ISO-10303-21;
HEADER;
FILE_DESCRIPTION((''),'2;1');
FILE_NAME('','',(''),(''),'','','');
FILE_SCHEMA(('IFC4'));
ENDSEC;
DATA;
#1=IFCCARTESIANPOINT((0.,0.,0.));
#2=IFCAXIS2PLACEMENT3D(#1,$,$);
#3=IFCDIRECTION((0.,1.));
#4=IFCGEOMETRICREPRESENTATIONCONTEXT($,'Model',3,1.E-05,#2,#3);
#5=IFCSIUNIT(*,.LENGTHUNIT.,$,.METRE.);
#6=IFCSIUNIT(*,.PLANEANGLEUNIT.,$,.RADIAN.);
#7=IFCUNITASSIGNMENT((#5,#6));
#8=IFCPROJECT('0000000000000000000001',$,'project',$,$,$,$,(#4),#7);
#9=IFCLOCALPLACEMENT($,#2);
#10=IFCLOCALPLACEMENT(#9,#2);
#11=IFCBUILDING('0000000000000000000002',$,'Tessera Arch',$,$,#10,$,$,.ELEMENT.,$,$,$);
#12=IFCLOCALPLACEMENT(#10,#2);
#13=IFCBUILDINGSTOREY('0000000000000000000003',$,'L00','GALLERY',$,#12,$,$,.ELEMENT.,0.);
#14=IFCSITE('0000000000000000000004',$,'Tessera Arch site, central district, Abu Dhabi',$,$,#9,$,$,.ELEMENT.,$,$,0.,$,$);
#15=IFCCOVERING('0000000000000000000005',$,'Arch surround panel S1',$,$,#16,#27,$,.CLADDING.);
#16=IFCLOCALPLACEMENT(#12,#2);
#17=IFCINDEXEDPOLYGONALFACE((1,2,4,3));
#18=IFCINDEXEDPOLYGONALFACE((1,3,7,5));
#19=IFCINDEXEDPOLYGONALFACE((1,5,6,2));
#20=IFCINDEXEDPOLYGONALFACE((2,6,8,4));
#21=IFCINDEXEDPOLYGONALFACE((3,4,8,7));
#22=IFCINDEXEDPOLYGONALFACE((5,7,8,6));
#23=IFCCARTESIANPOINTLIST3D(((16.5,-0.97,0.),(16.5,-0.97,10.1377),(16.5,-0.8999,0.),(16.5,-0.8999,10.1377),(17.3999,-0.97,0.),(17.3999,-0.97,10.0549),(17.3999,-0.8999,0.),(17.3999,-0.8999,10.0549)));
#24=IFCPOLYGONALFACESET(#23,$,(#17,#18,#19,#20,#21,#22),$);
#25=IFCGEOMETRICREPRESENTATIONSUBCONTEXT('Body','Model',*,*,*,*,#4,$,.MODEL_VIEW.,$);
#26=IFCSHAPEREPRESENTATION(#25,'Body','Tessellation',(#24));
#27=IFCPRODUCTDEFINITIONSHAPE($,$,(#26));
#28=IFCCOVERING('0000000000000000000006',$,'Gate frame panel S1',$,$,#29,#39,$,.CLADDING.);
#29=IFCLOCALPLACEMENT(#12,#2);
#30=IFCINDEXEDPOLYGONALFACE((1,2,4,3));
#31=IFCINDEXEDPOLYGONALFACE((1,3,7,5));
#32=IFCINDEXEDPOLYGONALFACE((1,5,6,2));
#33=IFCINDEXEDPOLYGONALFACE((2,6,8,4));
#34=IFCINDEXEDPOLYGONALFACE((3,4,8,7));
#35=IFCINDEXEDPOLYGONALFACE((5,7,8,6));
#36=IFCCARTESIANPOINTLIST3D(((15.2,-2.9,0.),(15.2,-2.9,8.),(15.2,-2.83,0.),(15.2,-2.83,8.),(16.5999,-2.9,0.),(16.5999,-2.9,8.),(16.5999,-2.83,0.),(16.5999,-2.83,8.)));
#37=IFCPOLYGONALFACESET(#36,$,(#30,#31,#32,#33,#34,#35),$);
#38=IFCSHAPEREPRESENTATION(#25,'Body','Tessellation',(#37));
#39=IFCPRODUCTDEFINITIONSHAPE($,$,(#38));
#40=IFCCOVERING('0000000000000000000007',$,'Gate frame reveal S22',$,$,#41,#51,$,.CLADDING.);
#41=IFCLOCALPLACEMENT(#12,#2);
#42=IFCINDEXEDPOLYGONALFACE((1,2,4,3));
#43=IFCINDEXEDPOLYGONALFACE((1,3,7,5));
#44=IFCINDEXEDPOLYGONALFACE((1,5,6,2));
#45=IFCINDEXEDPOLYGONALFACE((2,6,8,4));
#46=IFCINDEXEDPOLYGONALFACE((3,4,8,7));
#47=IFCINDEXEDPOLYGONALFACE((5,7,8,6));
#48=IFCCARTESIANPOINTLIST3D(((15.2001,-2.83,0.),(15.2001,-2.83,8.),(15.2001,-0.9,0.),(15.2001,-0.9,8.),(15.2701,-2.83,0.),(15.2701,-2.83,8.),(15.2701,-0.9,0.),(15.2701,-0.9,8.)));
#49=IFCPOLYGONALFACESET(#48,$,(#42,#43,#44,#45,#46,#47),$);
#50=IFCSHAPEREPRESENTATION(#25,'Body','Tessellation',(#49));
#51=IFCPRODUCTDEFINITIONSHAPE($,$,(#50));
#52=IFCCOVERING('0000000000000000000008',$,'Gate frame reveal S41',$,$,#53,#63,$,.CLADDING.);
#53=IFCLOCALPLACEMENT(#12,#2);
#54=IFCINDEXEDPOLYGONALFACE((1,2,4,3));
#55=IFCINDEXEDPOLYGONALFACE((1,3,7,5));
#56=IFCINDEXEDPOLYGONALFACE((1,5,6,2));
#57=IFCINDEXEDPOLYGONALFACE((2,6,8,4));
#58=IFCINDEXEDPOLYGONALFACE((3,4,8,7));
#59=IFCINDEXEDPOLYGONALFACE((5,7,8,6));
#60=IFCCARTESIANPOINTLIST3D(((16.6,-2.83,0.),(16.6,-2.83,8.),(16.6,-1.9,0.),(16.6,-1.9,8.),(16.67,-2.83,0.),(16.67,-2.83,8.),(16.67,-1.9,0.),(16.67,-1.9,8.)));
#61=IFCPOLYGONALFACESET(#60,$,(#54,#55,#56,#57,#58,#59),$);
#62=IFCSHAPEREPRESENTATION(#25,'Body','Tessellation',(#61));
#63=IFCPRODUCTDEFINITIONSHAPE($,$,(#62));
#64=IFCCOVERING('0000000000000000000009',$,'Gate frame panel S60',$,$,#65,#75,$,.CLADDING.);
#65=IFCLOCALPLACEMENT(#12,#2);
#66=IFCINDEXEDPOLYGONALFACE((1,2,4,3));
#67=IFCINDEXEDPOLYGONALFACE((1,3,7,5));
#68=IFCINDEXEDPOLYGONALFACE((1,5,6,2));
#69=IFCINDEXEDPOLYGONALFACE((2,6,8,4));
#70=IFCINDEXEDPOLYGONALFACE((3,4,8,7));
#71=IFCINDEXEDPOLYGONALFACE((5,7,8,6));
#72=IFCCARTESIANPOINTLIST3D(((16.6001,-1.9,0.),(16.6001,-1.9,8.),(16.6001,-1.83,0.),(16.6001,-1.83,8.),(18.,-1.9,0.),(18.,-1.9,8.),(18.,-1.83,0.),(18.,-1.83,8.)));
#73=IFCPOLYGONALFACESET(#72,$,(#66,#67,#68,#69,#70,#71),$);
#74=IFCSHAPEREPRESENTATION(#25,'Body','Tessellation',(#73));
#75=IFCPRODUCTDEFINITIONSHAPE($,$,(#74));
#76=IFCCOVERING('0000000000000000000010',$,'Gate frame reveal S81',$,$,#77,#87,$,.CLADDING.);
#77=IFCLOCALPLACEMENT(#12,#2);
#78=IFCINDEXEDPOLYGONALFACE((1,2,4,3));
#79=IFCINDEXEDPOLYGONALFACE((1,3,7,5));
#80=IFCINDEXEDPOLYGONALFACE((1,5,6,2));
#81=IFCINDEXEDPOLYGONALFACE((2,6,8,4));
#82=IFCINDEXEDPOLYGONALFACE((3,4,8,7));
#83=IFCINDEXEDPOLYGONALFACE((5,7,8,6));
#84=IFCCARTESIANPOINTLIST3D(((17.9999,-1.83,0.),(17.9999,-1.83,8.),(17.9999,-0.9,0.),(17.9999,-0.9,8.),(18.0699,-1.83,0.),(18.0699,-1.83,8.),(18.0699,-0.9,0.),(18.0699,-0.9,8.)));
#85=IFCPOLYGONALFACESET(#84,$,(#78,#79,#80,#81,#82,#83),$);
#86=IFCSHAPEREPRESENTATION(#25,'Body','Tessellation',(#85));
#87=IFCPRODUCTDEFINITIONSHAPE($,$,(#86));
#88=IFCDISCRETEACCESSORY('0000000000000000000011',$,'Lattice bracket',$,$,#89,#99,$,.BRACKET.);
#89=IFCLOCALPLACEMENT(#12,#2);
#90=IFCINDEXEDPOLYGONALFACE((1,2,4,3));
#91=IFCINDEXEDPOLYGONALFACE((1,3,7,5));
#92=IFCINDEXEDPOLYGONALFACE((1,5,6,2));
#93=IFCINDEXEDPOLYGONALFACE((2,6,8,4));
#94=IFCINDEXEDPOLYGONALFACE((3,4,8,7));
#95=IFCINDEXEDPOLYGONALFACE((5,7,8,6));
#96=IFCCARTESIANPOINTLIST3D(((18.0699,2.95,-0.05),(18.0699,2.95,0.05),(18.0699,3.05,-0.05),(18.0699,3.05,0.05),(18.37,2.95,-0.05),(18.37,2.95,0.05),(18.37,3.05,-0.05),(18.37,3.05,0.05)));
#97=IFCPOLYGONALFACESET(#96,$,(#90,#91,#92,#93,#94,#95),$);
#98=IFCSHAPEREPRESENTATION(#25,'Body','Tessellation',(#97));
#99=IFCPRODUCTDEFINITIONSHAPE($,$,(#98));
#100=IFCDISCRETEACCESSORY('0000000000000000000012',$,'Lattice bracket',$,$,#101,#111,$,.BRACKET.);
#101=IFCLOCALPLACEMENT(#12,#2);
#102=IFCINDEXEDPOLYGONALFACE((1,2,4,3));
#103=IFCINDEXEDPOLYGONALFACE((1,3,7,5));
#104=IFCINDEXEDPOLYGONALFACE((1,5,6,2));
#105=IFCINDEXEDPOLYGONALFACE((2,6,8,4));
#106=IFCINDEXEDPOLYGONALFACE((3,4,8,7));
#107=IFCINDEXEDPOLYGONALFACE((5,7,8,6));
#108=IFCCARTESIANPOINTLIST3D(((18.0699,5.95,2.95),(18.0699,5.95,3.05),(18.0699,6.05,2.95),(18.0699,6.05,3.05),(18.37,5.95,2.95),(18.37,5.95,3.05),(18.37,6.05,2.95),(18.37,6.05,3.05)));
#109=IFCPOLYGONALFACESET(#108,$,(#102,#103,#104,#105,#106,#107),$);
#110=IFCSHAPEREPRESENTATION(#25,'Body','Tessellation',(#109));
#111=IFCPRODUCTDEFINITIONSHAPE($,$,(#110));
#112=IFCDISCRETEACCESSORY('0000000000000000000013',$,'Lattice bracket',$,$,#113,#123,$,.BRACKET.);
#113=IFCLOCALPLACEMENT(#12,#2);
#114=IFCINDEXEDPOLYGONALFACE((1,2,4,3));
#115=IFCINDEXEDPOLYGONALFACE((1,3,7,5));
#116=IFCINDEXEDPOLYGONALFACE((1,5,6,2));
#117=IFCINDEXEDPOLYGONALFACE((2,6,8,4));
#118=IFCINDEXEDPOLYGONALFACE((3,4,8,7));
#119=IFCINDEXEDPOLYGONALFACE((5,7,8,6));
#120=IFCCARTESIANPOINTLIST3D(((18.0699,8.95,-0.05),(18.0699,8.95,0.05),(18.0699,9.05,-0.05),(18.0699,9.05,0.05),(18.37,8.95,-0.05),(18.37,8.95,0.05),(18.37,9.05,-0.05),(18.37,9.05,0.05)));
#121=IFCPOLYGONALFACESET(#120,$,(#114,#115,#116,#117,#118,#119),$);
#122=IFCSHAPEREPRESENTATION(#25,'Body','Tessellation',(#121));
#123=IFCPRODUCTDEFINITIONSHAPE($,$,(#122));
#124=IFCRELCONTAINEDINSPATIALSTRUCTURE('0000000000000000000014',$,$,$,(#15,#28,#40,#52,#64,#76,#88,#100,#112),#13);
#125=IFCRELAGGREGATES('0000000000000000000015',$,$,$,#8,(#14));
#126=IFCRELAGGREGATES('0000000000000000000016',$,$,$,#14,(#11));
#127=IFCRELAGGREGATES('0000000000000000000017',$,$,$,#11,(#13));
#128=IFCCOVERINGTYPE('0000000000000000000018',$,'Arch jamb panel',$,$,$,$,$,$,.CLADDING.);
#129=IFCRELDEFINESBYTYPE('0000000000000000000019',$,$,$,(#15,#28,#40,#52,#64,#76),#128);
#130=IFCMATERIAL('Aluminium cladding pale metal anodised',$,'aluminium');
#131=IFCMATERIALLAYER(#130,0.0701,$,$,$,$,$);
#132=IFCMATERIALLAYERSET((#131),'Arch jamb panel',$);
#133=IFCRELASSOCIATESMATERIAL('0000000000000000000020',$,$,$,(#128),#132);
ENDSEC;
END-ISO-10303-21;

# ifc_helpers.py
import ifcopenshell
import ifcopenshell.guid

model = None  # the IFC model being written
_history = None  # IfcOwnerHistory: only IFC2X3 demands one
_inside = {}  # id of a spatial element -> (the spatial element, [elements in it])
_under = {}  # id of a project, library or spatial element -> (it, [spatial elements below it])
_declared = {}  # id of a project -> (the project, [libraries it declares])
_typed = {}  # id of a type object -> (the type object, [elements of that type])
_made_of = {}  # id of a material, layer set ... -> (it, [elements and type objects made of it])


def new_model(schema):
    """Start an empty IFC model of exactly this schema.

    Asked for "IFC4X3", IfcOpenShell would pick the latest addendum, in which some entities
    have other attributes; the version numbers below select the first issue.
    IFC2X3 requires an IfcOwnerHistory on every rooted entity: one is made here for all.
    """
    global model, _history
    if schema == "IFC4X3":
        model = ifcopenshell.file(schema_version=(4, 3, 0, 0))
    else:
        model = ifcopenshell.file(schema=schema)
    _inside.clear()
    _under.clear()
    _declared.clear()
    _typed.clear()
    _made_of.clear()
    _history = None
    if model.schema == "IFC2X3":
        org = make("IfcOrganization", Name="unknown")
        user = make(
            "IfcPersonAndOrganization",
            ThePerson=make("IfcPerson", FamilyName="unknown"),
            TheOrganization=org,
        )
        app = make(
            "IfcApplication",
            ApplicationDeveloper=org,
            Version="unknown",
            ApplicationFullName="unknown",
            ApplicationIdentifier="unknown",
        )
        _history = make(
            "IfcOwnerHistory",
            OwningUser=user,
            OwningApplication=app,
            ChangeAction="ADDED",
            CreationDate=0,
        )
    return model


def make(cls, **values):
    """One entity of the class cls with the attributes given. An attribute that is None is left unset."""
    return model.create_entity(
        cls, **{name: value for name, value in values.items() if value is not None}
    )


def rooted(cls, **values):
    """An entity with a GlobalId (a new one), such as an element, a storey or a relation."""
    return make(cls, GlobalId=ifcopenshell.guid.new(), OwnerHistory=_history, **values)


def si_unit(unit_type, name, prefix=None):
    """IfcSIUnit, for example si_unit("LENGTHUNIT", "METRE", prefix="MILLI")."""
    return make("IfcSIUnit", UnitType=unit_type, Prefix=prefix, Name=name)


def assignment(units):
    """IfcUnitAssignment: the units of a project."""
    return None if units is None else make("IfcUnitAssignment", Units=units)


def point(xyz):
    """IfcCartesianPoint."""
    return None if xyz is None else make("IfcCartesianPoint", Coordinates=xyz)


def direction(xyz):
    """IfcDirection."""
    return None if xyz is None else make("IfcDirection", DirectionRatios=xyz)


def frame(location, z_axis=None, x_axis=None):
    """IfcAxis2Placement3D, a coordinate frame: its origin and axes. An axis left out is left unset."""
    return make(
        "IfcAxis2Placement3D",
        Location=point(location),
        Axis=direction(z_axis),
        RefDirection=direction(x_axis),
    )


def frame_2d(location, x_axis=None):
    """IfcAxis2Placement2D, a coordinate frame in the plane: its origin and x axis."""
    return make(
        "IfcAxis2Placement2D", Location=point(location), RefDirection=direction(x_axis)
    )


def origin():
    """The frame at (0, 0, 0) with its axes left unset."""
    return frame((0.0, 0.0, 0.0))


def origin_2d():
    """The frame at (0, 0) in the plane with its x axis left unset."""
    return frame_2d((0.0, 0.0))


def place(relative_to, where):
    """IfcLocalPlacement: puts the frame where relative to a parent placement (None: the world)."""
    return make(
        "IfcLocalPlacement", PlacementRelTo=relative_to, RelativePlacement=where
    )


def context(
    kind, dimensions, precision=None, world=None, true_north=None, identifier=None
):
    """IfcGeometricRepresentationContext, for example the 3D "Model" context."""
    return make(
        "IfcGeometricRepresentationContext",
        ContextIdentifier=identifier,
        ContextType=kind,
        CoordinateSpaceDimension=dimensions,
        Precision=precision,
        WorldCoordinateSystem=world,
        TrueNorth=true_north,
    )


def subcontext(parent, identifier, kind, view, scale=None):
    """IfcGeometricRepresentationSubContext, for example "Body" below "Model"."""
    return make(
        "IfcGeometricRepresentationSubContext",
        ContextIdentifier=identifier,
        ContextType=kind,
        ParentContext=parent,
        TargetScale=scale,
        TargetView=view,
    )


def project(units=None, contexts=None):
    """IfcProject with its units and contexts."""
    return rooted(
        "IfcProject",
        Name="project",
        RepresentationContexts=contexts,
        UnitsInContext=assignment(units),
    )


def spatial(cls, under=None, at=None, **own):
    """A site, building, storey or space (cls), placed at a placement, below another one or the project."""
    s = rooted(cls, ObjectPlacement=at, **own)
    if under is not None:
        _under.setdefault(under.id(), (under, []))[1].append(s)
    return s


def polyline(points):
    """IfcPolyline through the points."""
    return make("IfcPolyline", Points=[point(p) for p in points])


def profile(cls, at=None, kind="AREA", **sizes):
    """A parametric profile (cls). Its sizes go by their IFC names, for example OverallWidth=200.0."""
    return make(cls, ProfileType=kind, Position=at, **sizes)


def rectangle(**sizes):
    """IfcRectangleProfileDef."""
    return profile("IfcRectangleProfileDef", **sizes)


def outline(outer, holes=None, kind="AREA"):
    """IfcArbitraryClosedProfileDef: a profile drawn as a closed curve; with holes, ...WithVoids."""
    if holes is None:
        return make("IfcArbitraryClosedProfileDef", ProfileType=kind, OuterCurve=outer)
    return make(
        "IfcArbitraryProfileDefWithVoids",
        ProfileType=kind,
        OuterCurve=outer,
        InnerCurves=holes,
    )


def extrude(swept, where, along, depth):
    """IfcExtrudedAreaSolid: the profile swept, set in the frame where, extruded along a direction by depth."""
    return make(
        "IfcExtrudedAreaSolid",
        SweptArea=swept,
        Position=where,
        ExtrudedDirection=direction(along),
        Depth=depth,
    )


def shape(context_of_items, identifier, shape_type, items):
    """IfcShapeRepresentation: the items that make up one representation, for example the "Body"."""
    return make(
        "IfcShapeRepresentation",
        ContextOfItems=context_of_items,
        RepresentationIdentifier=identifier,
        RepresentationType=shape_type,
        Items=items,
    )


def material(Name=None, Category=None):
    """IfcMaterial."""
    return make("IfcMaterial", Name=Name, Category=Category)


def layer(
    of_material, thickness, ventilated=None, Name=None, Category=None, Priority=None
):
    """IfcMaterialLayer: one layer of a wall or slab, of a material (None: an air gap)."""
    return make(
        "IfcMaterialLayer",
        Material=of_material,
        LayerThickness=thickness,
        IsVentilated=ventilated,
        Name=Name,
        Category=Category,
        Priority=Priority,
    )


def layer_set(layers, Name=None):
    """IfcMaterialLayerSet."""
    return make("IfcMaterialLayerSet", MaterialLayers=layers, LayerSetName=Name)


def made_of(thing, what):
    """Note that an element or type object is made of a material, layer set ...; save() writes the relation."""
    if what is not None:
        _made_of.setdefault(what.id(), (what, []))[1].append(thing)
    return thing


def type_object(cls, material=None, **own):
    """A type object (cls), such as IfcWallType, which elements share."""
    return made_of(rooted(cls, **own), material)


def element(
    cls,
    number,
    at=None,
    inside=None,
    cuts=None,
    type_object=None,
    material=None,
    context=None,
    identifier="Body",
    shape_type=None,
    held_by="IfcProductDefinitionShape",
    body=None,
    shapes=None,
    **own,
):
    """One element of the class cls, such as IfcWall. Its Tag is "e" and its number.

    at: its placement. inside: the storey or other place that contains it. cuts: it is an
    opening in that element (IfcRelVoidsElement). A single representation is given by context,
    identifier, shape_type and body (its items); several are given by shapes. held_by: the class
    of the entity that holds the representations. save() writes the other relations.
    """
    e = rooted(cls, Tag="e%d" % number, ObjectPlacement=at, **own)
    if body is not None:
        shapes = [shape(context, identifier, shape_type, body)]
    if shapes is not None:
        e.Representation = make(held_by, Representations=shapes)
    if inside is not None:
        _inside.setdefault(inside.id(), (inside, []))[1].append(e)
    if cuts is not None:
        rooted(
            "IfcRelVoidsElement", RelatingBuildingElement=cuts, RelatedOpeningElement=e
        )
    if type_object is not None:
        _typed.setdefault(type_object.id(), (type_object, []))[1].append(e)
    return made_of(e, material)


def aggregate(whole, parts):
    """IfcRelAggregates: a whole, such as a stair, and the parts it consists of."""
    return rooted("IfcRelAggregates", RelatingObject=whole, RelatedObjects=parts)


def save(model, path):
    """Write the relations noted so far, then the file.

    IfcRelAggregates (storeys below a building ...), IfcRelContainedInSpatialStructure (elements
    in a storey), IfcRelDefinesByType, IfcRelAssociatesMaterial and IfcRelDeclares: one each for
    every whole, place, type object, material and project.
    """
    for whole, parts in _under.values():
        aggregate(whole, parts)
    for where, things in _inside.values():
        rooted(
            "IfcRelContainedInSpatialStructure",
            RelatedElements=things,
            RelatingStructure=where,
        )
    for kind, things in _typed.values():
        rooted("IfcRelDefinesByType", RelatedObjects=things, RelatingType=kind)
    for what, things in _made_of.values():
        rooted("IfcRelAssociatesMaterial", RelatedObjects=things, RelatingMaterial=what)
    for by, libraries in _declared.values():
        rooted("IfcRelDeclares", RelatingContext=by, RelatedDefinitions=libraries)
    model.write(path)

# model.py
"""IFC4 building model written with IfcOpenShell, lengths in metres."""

from ifc_helpers import new_model, si_unit, direction, frame, origin, origin_2d, place, context, subcontext, project, spatial, polyline, rectangle, outline, extrude, material, layer, layer_set, type_object, element, save


model = new_model("IFC4")

# Units and contexts
model_context = context("Model", 3, precision=1e-05, world=origin(), true_north=direction((0.0, 1.0)))
body_context = subcontext(model_context, "Body", "Model", "MODEL_VIEW")
ifc_project = project(units=[si_unit("LENGTHUNIT", "METRE"), si_unit("PLANEANGLEUNIT", "RADIAN")], contexts=[model_context])

# Site, building, storey
site_placement = place(None, origin())
site = spatial("IfcSite", under=ifc_project, at=site_placement, Name="Tessera Arch site, central district, Abu Dhabi", CompositionType="ELEMENT", RefElevation=0.0)
building_placement = place(site_placement, origin())
building = spatial("IfcBuilding", under=site, at=building_placement, Name="Tessera Arch", CompositionType="ELEMENT")
storey_placement = place(building_placement, origin())
storey = spatial("IfcBuildingStorey", under=building, at=storey_placement, Name="L00", Description="GALLERY", CompositionType="ELEMENT", Elevation=0.0)

# Coverings
ifc_material_1 = material(Name="Aluminium cladding pale metal anodised", Category="aluminium")
ifc_layer_1 = layer(ifc_material_1, 0.0701)
ifc_layer_set_1 = layer_set([ifc_layer_1], Name="Arch jamb panel")
covering_type = type_object("IfcCoveringType", Name="Arch jamb panel", PredefinedType="CLADDING", material=ifc_layer_set_1)
covering_1_placement = place(storey_placement, frame((16.5, -0.8999, 0.0), z_axis=(0.0, 1.0, 0.0), x_axis=(0.0, 0.0, 1.0)))
element("IfcCovering", 1, at=covering_1_placement, inside=storey, type_object=covering_type, Name="Arch surround panel S1", PredefinedType="CLADDING", context=body_context, shape_type="SweptSolid", body=[
    extrude(outline(polyline([(0.0, 0.0), (10.1377, 0.0), (10.0549, 0.8999), (0.0, 0.8999), (0.0, 0.0)])), origin(), (0.0, 0.0, -1.0), 0.0701),
])
covering_2_placement = place(storey_placement, frame((15.8999, -2.865, 0.0), z_axis=(0.0, 0.0, 1.0), x_axis=(1.0, 0.0, 0.0)))
element("IfcCovering", 2, at=covering_2_placement, inside=storey, type_object=covering_type, Name="Gate frame panel S1", PredefinedType="CLADDING", context=body_context, shape_type="SweptSolid", body=[
    extrude(rectangle(XDim=1.3999, YDim=0.0701, at=origin_2d()), origin(), (0.0, 0.0, 1.0), 8.0),
])
covering_3_placement = place(storey_placement, frame((15.2351, -1.865, 0.0), z_axis=(0.0, 0.0, 1.0), x_axis=(1.0, 0.0, 0.0)))
element("IfcCovering", 3, at=covering_3_placement, inside=storey, type_object=covering_type, Name="Gate frame reveal S22", PredefinedType="CLADDING", context=body_context, shape_type="SweptSolid", body=[
    extrude(rectangle(XDim=0.0701, YDim=1.9299, at=origin_2d()), origin(), (0.0, 0.0, 1.0), 8.0),
])
covering_4_placement = place(storey_placement, frame((16.635, -2.365, 0.0), z_axis=(0.0, 0.0, 1.0), x_axis=(1.0, 0.0, 0.0)))
element("IfcCovering", 4, at=covering_4_placement, inside=storey, type_object=covering_type, Name="Gate frame reveal S41", PredefinedType="CLADDING", context=body_context, shape_type="SweptSolid", body=[
    extrude(rectangle(XDim=0.0701, YDim=0.9299, at=origin_2d()), origin(), (0.0, 0.0, 1.0), 8.0),
])
covering_5_placement = place(storey_placement, frame((17.3, -1.865, 0.0), z_axis=(0.0, 0.0, 1.0), x_axis=(1.0, 0.0, 0.0)))
element("IfcCovering", 5, at=covering_5_placement, inside=storey, type_object=covering_type, Name="Gate frame panel S60", PredefinedType="CLADDING", context=body_context, shape_type="SweptSolid", body=[
    extrude(rectangle(XDim=1.3999, YDim=0.0701, at=origin_2d()), origin(), (0.0, 0.0, 1.0), 8.0),
])
covering_6_placement = place(storey_placement, frame((18.0349, -1.365, 0.0), z_axis=(0.0, 0.0, 1.0), x_axis=(1.0, 0.0, 0.0)))
element("IfcCovering", 6, at=covering_6_placement, inside=storey, type_object=covering_type, Name="Gate frame reveal S81", PredefinedType="CLADDING", context=body_context, shape_type="SweptSolid", body=[
    extrude(rectangle(XDim=0.0701, YDim=0.9299, at=origin_2d()), origin(), (0.0, 0.0, 1.0), 8.0),
])

# Discrete accessories
for number, where, z_axis, x_axis, name in (
    (7, (18.22, 3.0, -0.05), (0.0, 0.0, 1.0), (1.0, 0.0, 0.0), "Lattice bracket"),
    (8, (18.22, 6.0, 2.95), (0.0, 0.0, 1.0), (1.0, 0.0, 0.0), "Lattice bracket"),
    (9, (18.22, 9.0, -0.05), (0.0, 0.0, 1.0), (1.0, 0.0, 0.0), "Lattice bracket"),
):
    element("IfcDiscreteAccessory", number, at=place(storey_placement, frame(where, z_axis=z_axis, x_axis=x_axis)), inside=storey, Name=name, PredefinedType="BRACKET", context=body_context, shape_type="SweptSolid", body=[
        extrude(rectangle(XDim=0.3, YDim=0.1001, at=origin_2d()), origin(), (0.0, 0.0, 1.0), 0.1001),
    ])

save(model, "model.ifc")
